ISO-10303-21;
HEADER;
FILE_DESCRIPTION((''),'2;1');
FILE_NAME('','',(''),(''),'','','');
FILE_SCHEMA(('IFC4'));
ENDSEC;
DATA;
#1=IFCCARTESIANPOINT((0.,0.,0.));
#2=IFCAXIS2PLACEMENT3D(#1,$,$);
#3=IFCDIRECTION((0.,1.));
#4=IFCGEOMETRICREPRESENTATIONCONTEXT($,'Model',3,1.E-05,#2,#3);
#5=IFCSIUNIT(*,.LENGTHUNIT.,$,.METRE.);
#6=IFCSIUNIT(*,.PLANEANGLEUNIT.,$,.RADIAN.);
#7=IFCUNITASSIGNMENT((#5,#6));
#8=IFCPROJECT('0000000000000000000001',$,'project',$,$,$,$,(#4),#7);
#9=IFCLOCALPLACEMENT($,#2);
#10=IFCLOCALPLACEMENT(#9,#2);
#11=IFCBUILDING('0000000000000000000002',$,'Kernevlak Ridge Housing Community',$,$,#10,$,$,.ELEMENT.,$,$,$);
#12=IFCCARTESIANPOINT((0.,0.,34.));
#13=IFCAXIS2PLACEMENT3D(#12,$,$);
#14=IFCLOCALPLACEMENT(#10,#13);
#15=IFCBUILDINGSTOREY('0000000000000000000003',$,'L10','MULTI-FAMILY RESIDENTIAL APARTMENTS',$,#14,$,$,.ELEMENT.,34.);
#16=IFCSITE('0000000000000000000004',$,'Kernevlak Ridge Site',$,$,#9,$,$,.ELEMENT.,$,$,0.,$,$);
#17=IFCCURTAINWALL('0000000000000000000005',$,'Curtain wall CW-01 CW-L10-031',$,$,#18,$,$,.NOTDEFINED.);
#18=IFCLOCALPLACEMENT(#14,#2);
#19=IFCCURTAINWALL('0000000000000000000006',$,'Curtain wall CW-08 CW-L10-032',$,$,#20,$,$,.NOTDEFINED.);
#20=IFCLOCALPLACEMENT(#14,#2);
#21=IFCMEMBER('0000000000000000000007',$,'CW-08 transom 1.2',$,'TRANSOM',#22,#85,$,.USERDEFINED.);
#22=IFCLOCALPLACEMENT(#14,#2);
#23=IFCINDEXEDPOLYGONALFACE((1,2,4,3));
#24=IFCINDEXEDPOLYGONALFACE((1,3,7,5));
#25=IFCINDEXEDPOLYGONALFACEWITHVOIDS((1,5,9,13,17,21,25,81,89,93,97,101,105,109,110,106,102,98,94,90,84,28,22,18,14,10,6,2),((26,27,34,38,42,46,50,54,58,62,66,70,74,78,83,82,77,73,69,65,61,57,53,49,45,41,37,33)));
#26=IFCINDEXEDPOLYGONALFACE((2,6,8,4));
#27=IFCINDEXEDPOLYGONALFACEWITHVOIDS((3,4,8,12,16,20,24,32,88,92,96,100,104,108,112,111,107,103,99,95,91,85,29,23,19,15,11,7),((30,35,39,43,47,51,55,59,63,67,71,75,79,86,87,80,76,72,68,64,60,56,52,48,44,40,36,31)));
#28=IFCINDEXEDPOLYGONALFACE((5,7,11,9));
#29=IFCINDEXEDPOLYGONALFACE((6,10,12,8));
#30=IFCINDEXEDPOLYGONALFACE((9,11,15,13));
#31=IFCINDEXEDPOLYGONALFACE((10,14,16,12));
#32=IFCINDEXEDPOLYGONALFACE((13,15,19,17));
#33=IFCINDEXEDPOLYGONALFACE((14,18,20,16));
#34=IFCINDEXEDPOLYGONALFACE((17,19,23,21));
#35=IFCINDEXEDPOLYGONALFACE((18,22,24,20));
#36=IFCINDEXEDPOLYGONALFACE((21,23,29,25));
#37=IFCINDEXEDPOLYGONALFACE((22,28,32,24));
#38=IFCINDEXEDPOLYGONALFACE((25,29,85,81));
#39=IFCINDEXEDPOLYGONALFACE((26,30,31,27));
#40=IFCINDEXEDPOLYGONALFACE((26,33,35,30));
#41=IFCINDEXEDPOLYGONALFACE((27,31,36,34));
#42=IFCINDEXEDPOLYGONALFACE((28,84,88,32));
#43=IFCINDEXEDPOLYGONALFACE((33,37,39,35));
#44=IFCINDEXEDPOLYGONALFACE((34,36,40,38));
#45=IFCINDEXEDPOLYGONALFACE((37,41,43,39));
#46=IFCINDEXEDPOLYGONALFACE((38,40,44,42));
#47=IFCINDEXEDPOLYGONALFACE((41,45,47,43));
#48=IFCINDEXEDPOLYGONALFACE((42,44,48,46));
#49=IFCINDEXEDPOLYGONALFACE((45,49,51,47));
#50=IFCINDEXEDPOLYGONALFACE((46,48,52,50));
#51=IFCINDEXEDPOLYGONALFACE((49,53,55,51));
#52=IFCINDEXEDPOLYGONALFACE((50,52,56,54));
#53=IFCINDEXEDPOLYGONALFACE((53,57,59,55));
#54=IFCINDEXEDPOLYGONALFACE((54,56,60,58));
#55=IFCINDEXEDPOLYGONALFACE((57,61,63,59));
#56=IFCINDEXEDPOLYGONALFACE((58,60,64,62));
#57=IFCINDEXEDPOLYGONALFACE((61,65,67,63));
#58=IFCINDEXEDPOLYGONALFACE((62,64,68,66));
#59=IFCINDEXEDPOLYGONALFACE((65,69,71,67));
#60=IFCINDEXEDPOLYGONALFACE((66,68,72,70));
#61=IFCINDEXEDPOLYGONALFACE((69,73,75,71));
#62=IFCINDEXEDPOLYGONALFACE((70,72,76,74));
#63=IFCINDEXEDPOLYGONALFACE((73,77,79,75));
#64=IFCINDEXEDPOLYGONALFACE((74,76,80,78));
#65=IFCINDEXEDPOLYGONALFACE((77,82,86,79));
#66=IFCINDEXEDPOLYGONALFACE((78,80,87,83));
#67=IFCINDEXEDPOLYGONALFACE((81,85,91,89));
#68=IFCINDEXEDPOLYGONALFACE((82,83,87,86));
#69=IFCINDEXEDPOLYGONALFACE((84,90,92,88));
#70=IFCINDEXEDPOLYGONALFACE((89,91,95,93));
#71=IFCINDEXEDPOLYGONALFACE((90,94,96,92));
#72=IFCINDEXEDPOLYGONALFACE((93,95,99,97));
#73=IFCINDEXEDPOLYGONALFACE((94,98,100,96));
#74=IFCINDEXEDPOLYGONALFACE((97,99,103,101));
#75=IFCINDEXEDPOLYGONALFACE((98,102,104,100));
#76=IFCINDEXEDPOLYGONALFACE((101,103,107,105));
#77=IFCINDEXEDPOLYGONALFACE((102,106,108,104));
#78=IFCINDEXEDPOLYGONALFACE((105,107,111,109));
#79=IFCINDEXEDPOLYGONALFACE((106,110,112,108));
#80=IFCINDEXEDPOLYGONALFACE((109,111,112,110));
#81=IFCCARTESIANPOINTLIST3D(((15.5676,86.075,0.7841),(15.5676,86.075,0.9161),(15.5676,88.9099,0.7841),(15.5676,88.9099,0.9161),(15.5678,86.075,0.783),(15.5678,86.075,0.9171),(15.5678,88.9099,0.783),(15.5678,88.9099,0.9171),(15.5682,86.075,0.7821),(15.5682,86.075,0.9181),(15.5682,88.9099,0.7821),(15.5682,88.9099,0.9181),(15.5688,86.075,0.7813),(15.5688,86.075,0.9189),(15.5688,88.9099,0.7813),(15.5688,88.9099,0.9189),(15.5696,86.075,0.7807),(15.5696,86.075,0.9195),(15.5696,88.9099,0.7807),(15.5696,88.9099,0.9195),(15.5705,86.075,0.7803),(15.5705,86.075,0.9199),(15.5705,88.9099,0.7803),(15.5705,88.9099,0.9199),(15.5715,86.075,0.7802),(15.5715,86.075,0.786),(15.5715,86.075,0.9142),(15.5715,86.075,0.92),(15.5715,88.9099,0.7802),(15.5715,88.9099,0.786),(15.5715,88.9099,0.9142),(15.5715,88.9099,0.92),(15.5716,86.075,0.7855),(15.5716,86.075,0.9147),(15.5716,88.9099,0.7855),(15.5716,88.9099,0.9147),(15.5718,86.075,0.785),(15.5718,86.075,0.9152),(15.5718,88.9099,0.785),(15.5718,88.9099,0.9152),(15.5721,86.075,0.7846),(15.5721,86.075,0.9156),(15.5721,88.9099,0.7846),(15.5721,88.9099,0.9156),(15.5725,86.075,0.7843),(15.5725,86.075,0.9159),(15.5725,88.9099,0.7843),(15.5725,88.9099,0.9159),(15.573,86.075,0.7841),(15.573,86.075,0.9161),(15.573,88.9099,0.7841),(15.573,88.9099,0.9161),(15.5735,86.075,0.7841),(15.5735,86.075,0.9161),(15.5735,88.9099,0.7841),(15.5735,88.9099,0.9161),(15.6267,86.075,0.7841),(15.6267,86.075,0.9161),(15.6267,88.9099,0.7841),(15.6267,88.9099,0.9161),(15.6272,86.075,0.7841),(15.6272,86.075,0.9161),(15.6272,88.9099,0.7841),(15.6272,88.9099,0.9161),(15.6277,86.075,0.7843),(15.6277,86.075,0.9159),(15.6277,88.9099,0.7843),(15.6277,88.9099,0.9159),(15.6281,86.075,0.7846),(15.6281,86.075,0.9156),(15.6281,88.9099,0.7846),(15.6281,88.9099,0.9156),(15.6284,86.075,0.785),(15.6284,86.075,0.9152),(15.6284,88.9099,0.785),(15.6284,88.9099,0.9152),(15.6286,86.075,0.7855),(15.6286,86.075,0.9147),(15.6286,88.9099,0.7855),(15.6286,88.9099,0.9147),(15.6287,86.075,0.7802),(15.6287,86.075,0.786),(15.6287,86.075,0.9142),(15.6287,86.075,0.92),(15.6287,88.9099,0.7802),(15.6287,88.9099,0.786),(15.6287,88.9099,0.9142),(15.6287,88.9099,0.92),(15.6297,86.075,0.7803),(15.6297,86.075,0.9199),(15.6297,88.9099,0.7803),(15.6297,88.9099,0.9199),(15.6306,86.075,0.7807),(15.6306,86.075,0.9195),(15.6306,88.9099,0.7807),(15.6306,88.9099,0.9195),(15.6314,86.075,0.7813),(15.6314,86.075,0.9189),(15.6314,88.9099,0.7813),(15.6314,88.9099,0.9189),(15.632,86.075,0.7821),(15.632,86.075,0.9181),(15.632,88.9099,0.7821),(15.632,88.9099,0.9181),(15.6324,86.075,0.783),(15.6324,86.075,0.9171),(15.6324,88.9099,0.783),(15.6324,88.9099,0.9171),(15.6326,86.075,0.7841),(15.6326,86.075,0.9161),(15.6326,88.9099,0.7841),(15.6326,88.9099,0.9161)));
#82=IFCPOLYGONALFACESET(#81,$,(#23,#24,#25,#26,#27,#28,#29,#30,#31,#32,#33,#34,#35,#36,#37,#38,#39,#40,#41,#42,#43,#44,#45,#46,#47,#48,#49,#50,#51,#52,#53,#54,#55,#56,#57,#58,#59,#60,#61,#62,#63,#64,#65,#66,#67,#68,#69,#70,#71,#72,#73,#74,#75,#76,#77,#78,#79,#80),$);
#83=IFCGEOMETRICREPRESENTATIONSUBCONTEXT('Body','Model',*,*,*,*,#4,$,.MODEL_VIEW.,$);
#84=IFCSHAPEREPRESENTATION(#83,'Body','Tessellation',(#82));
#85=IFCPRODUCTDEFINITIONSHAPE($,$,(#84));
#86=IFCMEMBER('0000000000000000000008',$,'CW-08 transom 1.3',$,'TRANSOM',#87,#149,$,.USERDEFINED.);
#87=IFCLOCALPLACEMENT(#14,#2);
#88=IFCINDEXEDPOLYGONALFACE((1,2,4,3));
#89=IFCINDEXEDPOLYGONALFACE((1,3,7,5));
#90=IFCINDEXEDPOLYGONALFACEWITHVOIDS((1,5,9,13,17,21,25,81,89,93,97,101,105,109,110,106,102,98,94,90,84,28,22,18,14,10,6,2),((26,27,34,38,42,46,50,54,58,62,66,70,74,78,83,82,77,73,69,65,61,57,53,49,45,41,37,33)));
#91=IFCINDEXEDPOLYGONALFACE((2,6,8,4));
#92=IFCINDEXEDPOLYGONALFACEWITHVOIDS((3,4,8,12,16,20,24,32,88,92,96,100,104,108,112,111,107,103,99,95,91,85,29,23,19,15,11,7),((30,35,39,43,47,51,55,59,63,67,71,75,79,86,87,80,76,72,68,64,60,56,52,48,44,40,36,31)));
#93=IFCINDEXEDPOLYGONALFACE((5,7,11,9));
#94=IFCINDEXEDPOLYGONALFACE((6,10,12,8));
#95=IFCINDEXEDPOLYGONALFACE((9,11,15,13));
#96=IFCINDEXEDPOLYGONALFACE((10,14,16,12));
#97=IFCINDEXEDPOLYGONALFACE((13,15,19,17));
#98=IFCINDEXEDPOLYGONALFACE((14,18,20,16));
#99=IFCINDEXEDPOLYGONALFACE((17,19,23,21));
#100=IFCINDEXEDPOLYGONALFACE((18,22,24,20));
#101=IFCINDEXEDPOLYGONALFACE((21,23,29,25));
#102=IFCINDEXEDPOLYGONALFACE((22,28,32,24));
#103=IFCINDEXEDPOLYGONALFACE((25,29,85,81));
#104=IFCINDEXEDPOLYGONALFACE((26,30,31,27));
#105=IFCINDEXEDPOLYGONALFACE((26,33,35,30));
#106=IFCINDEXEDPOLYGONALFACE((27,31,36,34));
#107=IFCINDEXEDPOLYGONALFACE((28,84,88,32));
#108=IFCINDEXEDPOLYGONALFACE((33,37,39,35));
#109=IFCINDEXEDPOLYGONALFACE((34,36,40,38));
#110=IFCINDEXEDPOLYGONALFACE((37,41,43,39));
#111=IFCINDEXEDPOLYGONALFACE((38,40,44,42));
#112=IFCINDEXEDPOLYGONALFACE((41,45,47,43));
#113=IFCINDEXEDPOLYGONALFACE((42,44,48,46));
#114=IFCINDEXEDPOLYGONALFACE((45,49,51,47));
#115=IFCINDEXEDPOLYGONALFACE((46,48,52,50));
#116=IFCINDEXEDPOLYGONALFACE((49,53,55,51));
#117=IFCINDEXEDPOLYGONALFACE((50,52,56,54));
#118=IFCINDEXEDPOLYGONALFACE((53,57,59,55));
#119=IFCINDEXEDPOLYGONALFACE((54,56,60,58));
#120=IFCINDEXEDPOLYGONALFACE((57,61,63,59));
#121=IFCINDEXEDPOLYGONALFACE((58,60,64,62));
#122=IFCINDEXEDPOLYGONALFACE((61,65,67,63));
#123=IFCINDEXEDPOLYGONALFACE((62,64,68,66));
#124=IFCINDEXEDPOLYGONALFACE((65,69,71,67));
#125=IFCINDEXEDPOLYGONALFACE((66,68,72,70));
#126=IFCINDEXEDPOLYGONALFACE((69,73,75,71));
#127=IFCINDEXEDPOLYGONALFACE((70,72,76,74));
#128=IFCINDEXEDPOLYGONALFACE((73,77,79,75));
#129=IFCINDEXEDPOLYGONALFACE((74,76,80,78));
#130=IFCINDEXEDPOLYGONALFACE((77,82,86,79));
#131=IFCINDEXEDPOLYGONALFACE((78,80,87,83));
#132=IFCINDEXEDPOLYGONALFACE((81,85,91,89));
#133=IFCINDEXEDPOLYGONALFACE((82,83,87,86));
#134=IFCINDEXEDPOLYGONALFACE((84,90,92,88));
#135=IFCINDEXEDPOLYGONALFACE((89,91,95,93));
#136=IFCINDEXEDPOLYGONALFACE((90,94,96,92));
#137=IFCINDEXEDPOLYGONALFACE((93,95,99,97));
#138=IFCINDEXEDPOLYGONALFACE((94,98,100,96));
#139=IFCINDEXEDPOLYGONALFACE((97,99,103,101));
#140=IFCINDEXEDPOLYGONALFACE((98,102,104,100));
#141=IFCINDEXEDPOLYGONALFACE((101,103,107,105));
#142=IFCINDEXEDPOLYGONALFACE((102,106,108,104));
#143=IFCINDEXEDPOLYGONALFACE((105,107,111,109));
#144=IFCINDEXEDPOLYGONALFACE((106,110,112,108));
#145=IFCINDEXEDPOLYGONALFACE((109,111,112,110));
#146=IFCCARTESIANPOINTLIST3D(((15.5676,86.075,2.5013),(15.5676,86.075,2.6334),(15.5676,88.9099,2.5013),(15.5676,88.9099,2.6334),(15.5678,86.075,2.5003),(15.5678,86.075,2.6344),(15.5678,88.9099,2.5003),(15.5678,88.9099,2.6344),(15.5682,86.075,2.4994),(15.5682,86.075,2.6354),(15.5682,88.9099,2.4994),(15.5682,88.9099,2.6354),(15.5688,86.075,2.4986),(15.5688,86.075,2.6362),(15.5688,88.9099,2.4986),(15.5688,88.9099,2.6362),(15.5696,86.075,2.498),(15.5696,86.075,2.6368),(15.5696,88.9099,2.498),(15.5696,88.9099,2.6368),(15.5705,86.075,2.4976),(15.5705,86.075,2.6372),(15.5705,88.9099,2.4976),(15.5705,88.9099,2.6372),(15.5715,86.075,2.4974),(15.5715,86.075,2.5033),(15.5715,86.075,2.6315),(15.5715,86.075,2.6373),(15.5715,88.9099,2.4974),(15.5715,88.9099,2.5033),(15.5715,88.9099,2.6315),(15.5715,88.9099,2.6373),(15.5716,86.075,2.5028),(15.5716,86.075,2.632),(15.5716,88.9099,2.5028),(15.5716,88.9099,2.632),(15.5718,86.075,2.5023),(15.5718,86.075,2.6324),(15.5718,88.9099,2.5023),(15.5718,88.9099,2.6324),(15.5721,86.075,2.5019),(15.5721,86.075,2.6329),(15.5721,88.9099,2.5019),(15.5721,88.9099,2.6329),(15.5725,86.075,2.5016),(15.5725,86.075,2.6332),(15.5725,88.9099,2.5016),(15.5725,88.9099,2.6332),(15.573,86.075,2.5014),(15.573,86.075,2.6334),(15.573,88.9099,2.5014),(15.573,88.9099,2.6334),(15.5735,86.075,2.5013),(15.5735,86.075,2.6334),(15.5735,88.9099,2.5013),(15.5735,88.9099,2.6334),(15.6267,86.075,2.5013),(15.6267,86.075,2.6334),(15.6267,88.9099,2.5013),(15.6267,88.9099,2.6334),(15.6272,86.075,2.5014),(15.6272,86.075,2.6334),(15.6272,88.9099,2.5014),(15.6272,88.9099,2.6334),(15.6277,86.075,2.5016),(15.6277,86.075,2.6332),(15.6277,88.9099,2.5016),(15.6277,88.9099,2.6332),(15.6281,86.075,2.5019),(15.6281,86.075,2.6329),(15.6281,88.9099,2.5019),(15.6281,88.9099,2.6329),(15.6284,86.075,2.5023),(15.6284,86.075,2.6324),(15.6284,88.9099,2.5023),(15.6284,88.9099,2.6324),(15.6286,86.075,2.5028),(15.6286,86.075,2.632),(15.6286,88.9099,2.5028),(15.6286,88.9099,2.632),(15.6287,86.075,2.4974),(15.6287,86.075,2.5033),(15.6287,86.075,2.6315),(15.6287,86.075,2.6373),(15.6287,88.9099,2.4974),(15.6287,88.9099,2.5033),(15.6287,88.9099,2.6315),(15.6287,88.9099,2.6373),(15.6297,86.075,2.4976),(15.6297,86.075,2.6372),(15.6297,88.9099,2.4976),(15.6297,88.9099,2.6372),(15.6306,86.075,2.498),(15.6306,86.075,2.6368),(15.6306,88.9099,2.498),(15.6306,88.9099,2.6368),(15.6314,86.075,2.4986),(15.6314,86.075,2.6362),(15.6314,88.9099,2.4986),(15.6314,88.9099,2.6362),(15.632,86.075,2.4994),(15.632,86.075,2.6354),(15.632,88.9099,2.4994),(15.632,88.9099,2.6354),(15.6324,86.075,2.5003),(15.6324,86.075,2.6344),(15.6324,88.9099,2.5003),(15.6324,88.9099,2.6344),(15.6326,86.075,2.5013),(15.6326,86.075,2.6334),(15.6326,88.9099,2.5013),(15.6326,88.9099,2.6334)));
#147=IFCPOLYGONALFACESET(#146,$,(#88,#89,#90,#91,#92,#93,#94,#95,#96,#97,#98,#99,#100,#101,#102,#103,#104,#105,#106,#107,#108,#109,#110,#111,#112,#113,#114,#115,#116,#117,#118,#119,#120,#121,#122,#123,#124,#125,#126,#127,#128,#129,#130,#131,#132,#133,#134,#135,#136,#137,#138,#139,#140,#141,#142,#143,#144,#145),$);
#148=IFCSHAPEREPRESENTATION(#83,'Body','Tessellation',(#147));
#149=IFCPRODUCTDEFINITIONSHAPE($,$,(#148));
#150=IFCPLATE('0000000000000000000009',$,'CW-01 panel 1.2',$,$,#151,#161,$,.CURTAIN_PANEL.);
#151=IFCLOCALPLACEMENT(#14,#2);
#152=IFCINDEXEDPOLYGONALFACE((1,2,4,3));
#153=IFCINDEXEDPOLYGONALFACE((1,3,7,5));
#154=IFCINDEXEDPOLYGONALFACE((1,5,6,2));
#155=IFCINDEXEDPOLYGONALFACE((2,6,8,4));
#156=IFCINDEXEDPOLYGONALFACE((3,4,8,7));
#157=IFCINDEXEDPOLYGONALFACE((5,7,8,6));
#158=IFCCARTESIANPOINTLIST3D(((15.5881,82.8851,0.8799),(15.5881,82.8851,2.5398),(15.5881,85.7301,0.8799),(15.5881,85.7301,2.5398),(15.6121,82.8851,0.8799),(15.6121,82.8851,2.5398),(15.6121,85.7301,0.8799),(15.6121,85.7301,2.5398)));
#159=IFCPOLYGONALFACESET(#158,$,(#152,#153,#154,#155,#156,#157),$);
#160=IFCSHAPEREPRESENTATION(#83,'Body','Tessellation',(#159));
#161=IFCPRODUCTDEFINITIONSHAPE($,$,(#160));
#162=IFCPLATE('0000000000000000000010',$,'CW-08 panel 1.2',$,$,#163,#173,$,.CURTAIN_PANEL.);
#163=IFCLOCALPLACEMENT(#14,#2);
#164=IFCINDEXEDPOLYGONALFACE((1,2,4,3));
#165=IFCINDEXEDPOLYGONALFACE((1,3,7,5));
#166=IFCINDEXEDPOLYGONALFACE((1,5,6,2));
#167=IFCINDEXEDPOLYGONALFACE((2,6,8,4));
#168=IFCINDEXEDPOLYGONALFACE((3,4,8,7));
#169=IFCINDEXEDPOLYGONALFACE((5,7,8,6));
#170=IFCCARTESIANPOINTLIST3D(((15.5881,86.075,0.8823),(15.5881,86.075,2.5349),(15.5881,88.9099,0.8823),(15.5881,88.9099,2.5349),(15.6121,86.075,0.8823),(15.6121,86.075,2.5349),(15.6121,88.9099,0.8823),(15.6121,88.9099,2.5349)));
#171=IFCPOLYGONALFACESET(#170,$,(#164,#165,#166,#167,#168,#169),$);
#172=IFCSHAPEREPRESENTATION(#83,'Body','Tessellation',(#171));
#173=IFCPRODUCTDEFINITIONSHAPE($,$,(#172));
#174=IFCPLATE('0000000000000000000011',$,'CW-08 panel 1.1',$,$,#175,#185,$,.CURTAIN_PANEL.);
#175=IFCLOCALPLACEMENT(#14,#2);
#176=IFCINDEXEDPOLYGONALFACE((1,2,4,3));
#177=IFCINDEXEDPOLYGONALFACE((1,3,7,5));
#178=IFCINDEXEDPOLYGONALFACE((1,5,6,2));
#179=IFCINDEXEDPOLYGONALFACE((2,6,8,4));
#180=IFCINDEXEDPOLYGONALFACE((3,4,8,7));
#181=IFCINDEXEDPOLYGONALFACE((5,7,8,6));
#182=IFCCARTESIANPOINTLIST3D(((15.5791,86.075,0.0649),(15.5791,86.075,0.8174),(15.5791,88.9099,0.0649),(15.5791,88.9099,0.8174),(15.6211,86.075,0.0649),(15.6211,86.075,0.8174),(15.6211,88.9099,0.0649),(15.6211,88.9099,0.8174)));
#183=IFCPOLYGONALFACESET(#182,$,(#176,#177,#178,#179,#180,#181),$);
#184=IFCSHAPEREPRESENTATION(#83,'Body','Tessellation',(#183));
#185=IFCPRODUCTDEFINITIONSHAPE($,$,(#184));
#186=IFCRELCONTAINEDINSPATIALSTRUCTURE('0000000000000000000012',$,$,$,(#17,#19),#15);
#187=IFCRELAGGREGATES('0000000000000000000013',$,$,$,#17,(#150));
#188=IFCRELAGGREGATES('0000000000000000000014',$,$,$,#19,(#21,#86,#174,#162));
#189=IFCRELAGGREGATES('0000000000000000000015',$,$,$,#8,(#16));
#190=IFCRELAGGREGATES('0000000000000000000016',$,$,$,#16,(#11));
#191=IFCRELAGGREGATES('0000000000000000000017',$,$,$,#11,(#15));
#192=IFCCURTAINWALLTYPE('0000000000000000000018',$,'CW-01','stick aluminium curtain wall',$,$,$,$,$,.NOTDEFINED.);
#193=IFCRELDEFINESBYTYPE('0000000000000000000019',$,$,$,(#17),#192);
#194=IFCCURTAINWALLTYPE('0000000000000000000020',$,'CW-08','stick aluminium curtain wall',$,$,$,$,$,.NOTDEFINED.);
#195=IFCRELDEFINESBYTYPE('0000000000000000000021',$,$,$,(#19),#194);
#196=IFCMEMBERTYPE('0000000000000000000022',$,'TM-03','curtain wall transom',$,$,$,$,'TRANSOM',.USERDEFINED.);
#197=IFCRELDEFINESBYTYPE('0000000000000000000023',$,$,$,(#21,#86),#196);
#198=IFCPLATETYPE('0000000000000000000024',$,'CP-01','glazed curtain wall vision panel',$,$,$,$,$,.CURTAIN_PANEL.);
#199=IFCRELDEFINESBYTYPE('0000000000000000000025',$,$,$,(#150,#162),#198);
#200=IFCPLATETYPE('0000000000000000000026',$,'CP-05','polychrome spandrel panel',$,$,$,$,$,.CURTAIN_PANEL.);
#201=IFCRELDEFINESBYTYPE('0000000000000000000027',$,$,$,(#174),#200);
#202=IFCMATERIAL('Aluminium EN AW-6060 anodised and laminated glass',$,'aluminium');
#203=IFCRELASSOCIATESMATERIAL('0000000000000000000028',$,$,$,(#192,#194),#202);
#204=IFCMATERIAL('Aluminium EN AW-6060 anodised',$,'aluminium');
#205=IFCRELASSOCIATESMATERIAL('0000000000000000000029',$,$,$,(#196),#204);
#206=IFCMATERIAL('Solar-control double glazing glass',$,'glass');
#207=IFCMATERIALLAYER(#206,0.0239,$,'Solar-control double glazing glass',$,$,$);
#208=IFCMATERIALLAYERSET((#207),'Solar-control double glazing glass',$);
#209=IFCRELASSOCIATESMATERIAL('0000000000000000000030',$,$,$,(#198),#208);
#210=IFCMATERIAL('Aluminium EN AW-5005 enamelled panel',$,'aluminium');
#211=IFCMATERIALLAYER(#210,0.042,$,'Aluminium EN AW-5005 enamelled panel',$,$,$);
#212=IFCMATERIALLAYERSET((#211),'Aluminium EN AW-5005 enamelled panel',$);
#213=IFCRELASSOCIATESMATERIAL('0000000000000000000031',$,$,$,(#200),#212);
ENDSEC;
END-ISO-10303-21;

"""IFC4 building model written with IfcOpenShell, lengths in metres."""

from ifc_helpers import new_model, si_unit, direction, frame, origin, origin_2d, place, context, subcontext, project, spatial, rectangle, hollow_rectangle, extrude, material, layer, layer_set, material_profile, profile_set, type_object, element, aggregate, save


model = new_model("IFC4")

# Units and contexts
model_context = context("Model", 3, precision=1e-05, world=origin(), true_north=direction((0.0, 1.0)))
body_context = subcontext(model_context, "Body", "Model", "MODEL_VIEW")
ifc_project = project(units=[si_unit("LENGTHUNIT", "METRE"), si_unit("PLANEANGLEUNIT", "RADIAN")], contexts=[model_context])

# Site, building, storey
site_placement = place(None, origin())
site = spatial("IfcSite", under=ifc_project, at=site_placement, Name="Kernevlak Ridge Site", CompositionType="ELEMENT", RefElevation=0.0)
building_placement = place(site_placement, origin())
building = spatial("IfcBuilding", under=site, at=building_placement, Name="Kernevlak Ridge Housing Community", CompositionType="ELEMENT")
storey_placement = place(building_placement, frame((0.0, 0.0, 34.0)))
storey = spatial("IfcBuildingStorey", under=building, at=storey_placement, Name="L10", Description="MULTI-FAMILY RESIDENTIAL APARTMENTS", CompositionType="ELEMENT", Elevation=34.0)

# Curtain wall
ifc_material_1 = material(Name="Aluminium EN AW-6060 anodised and laminated glass", Category="aluminium")
curtain_wall_type_1 = type_object("IfcCurtainWallType", Name="CW-01", Description="stick aluminium curtain wall", PredefinedType="NOTDEFINED", material=ifc_material_1)
curtain_wall_1_placement = place(storey_placement, origin())
curtain_wall_1 = element("IfcCurtainWall", 1, at=curtain_wall_1_placement, inside=storey, type_object=curtain_wall_type_1, Name="Curtain wall CW-01 CW-L10-031", PredefinedType="NOTDEFINED")
ifc_material_2 = material(Name="Aluminium EN AW-6060 anodised", Category="aluminium")

# Curtain wall, members
curtain_wall_type_2 = type_object("IfcCurtainWallType", Name="CW-08", Description="stick aluminium curtain wall", PredefinedType="NOTDEFINED", material=ifc_material_1)
curtain_wall_2_placement = place(storey_placement, origin())
curtain_wall_2 = element("IfcCurtainWall", 2, at=curtain_wall_2_placement, inside=storey, type_object=curtain_wall_type_2, Name="Curtain wall CW-08 CW-L10-032", PredefinedType="NOTDEFINED")
ifc_material_profile_1 = material_profile(ifc_material_2, hollow_rectangle(XDim=0.0649, YDim=0.1399, WallThickness=0.0039, InnerFilletRadius=0.002, OuterFilletRadius=0.0039, at=origin_2d()), Name="ALU 65x140x4")
ifc_profile_set_1 = profile_set([ifc_material_profile_1], Name="Aluminium EN AW-6060 anodised")
member_type_1 = type_object("IfcMemberType", Name="TM-03", Description="curtain wall transom", ElementType="TRANSOM", PredefinedType="USERDEFINED", material=ifc_profile_set_1)
member_1_placement = place(storey_placement, frame((15.6001, 86.075, 0.8501), z_axis=(0.0, 1.0, 0.0), x_axis=(-1.0, 0.0, 0.0)))
member_1 = element("IfcMember", 3, at=member_1_placement, type_object=member_type_1, Name="CW-08 transom 1.2", ObjectType="TRANSOM", PredefinedType="USERDEFINED", context=body_context, shape_type="SweptSolid", body=[
    extrude(hollow_rectangle(XDim=0.0649, YDim=0.1399, WallThickness=0.0039, InnerFilletRadius=0.002, OuterFilletRadius=0.0039, at=origin_2d()), origin(), (0.0, 0.0, 1.0), 2.835),
])
member_2_placement = place(storey_placement, frame((15.6001, 86.075, 2.5674), z_axis=(0.0, 1.0, 0.0), x_axis=(-1.0, 0.0, 0.0)))
member_2 = element("IfcMember", 4, at=member_2_placement, type_object=member_type_1, Name="CW-08 transom 1.3", ObjectType="TRANSOM", PredefinedType="USERDEFINED", context=body_context, shape_type="SweptSolid", body=[
    extrude(hollow_rectangle(XDim=0.0649, YDim=0.1399, WallThickness=0.0039, InnerFilletRadius=0.002, OuterFilletRadius=0.0039, at=origin_2d()), origin(), (0.0, 0.0, 1.0), 2.835),
])

# Plates
ifc_material_3 = material(Name="Solar-control double glazing glass", Category="glass")
ifc_layer_1 = layer(ifc_material_3, 0.0239, Name="Solar-control double glazing glass")
ifc_layer_set_1 = layer_set([ifc_layer_1], Name="Solar-control double glazing glass")
plate_type_1 = type_object("IfcPlateType", Name="CP-01", Description="glazed curtain wall vision panel", PredefinedType="CURTAIN_PANEL", material=ifc_layer_set_1)
plate_1_placement = place(storey_placement, frame((15.6001, 84.3076, 0.8799), z_axis=(0.0, 0.0, 1.0), x_axis=(0.0, 1.0, 0.0)))
plate_1 = element("IfcPlate", 5, at=plate_1_placement, type_object=plate_type_1, Name="CW-01 panel 1.2", PredefinedType="CURTAIN_PANEL", context=body_context, shape_type="SweptSolid", body=[
    extrude(rectangle(XDim=2.845, YDim=0.0239, at=origin_2d()), origin(), (0.0, 0.0, 1.0), 1.6599),
])
aggregate(curtain_wall_1, [plate_1])
plate_2_placement = place(storey_placement, frame((15.6001, 87.4924, 0.8823), z_axis=(0.0, 0.0, 1.0), x_axis=(0.0, 1.0, 0.0)))
plate_2 = element("IfcPlate", 6, at=plate_2_placement, type_object=plate_type_1, Name="CW-08 panel 1.2", PredefinedType="CURTAIN_PANEL", context=body_context, shape_type="SweptSolid", body=[
    extrude(rectangle(XDim=2.835, YDim=0.0239, at=origin_2d()), origin(), (0.0, 0.0, 1.0), 1.6526),
])
ifc_material_4 = material(Name="Aluminium EN AW-5005 enamelled panel", Category="aluminium")
ifc_layer_2 = layer(ifc_material_4, 0.042, Name="Aluminium EN AW-5005 enamelled panel")
ifc_layer_set_2 = layer_set([ifc_layer_2], Name="Aluminium EN AW-5005 enamelled panel")
plate_type_2 = type_object("IfcPlateType", Name="CP-05", Description="polychrome spandrel panel", PredefinedType="CURTAIN_PANEL", material=ifc_layer_set_2)
plate_3_placement = place(storey_placement, frame((15.6001, 87.4924, 0.0649), z_axis=(0.0, 0.0, 1.0), x_axis=(0.0, 1.0, 0.0)))
plate_3 = element("IfcPlate", 7, at=plate_3_placement, type_object=plate_type_2, Name="CW-08 panel 1.1", PredefinedType="CURTAIN_PANEL", context=body_context, shape_type="SweptSolid", body=[
    extrude(rectangle(XDim=2.835, YDim=0.042, at=origin_2d()), origin(), (0.0, 0.0, 1.0), 0.7524),
])
aggregate(curtain_wall_2, [member_1, member_2, plate_3, plate_2])

save(model, "model.ifc")
